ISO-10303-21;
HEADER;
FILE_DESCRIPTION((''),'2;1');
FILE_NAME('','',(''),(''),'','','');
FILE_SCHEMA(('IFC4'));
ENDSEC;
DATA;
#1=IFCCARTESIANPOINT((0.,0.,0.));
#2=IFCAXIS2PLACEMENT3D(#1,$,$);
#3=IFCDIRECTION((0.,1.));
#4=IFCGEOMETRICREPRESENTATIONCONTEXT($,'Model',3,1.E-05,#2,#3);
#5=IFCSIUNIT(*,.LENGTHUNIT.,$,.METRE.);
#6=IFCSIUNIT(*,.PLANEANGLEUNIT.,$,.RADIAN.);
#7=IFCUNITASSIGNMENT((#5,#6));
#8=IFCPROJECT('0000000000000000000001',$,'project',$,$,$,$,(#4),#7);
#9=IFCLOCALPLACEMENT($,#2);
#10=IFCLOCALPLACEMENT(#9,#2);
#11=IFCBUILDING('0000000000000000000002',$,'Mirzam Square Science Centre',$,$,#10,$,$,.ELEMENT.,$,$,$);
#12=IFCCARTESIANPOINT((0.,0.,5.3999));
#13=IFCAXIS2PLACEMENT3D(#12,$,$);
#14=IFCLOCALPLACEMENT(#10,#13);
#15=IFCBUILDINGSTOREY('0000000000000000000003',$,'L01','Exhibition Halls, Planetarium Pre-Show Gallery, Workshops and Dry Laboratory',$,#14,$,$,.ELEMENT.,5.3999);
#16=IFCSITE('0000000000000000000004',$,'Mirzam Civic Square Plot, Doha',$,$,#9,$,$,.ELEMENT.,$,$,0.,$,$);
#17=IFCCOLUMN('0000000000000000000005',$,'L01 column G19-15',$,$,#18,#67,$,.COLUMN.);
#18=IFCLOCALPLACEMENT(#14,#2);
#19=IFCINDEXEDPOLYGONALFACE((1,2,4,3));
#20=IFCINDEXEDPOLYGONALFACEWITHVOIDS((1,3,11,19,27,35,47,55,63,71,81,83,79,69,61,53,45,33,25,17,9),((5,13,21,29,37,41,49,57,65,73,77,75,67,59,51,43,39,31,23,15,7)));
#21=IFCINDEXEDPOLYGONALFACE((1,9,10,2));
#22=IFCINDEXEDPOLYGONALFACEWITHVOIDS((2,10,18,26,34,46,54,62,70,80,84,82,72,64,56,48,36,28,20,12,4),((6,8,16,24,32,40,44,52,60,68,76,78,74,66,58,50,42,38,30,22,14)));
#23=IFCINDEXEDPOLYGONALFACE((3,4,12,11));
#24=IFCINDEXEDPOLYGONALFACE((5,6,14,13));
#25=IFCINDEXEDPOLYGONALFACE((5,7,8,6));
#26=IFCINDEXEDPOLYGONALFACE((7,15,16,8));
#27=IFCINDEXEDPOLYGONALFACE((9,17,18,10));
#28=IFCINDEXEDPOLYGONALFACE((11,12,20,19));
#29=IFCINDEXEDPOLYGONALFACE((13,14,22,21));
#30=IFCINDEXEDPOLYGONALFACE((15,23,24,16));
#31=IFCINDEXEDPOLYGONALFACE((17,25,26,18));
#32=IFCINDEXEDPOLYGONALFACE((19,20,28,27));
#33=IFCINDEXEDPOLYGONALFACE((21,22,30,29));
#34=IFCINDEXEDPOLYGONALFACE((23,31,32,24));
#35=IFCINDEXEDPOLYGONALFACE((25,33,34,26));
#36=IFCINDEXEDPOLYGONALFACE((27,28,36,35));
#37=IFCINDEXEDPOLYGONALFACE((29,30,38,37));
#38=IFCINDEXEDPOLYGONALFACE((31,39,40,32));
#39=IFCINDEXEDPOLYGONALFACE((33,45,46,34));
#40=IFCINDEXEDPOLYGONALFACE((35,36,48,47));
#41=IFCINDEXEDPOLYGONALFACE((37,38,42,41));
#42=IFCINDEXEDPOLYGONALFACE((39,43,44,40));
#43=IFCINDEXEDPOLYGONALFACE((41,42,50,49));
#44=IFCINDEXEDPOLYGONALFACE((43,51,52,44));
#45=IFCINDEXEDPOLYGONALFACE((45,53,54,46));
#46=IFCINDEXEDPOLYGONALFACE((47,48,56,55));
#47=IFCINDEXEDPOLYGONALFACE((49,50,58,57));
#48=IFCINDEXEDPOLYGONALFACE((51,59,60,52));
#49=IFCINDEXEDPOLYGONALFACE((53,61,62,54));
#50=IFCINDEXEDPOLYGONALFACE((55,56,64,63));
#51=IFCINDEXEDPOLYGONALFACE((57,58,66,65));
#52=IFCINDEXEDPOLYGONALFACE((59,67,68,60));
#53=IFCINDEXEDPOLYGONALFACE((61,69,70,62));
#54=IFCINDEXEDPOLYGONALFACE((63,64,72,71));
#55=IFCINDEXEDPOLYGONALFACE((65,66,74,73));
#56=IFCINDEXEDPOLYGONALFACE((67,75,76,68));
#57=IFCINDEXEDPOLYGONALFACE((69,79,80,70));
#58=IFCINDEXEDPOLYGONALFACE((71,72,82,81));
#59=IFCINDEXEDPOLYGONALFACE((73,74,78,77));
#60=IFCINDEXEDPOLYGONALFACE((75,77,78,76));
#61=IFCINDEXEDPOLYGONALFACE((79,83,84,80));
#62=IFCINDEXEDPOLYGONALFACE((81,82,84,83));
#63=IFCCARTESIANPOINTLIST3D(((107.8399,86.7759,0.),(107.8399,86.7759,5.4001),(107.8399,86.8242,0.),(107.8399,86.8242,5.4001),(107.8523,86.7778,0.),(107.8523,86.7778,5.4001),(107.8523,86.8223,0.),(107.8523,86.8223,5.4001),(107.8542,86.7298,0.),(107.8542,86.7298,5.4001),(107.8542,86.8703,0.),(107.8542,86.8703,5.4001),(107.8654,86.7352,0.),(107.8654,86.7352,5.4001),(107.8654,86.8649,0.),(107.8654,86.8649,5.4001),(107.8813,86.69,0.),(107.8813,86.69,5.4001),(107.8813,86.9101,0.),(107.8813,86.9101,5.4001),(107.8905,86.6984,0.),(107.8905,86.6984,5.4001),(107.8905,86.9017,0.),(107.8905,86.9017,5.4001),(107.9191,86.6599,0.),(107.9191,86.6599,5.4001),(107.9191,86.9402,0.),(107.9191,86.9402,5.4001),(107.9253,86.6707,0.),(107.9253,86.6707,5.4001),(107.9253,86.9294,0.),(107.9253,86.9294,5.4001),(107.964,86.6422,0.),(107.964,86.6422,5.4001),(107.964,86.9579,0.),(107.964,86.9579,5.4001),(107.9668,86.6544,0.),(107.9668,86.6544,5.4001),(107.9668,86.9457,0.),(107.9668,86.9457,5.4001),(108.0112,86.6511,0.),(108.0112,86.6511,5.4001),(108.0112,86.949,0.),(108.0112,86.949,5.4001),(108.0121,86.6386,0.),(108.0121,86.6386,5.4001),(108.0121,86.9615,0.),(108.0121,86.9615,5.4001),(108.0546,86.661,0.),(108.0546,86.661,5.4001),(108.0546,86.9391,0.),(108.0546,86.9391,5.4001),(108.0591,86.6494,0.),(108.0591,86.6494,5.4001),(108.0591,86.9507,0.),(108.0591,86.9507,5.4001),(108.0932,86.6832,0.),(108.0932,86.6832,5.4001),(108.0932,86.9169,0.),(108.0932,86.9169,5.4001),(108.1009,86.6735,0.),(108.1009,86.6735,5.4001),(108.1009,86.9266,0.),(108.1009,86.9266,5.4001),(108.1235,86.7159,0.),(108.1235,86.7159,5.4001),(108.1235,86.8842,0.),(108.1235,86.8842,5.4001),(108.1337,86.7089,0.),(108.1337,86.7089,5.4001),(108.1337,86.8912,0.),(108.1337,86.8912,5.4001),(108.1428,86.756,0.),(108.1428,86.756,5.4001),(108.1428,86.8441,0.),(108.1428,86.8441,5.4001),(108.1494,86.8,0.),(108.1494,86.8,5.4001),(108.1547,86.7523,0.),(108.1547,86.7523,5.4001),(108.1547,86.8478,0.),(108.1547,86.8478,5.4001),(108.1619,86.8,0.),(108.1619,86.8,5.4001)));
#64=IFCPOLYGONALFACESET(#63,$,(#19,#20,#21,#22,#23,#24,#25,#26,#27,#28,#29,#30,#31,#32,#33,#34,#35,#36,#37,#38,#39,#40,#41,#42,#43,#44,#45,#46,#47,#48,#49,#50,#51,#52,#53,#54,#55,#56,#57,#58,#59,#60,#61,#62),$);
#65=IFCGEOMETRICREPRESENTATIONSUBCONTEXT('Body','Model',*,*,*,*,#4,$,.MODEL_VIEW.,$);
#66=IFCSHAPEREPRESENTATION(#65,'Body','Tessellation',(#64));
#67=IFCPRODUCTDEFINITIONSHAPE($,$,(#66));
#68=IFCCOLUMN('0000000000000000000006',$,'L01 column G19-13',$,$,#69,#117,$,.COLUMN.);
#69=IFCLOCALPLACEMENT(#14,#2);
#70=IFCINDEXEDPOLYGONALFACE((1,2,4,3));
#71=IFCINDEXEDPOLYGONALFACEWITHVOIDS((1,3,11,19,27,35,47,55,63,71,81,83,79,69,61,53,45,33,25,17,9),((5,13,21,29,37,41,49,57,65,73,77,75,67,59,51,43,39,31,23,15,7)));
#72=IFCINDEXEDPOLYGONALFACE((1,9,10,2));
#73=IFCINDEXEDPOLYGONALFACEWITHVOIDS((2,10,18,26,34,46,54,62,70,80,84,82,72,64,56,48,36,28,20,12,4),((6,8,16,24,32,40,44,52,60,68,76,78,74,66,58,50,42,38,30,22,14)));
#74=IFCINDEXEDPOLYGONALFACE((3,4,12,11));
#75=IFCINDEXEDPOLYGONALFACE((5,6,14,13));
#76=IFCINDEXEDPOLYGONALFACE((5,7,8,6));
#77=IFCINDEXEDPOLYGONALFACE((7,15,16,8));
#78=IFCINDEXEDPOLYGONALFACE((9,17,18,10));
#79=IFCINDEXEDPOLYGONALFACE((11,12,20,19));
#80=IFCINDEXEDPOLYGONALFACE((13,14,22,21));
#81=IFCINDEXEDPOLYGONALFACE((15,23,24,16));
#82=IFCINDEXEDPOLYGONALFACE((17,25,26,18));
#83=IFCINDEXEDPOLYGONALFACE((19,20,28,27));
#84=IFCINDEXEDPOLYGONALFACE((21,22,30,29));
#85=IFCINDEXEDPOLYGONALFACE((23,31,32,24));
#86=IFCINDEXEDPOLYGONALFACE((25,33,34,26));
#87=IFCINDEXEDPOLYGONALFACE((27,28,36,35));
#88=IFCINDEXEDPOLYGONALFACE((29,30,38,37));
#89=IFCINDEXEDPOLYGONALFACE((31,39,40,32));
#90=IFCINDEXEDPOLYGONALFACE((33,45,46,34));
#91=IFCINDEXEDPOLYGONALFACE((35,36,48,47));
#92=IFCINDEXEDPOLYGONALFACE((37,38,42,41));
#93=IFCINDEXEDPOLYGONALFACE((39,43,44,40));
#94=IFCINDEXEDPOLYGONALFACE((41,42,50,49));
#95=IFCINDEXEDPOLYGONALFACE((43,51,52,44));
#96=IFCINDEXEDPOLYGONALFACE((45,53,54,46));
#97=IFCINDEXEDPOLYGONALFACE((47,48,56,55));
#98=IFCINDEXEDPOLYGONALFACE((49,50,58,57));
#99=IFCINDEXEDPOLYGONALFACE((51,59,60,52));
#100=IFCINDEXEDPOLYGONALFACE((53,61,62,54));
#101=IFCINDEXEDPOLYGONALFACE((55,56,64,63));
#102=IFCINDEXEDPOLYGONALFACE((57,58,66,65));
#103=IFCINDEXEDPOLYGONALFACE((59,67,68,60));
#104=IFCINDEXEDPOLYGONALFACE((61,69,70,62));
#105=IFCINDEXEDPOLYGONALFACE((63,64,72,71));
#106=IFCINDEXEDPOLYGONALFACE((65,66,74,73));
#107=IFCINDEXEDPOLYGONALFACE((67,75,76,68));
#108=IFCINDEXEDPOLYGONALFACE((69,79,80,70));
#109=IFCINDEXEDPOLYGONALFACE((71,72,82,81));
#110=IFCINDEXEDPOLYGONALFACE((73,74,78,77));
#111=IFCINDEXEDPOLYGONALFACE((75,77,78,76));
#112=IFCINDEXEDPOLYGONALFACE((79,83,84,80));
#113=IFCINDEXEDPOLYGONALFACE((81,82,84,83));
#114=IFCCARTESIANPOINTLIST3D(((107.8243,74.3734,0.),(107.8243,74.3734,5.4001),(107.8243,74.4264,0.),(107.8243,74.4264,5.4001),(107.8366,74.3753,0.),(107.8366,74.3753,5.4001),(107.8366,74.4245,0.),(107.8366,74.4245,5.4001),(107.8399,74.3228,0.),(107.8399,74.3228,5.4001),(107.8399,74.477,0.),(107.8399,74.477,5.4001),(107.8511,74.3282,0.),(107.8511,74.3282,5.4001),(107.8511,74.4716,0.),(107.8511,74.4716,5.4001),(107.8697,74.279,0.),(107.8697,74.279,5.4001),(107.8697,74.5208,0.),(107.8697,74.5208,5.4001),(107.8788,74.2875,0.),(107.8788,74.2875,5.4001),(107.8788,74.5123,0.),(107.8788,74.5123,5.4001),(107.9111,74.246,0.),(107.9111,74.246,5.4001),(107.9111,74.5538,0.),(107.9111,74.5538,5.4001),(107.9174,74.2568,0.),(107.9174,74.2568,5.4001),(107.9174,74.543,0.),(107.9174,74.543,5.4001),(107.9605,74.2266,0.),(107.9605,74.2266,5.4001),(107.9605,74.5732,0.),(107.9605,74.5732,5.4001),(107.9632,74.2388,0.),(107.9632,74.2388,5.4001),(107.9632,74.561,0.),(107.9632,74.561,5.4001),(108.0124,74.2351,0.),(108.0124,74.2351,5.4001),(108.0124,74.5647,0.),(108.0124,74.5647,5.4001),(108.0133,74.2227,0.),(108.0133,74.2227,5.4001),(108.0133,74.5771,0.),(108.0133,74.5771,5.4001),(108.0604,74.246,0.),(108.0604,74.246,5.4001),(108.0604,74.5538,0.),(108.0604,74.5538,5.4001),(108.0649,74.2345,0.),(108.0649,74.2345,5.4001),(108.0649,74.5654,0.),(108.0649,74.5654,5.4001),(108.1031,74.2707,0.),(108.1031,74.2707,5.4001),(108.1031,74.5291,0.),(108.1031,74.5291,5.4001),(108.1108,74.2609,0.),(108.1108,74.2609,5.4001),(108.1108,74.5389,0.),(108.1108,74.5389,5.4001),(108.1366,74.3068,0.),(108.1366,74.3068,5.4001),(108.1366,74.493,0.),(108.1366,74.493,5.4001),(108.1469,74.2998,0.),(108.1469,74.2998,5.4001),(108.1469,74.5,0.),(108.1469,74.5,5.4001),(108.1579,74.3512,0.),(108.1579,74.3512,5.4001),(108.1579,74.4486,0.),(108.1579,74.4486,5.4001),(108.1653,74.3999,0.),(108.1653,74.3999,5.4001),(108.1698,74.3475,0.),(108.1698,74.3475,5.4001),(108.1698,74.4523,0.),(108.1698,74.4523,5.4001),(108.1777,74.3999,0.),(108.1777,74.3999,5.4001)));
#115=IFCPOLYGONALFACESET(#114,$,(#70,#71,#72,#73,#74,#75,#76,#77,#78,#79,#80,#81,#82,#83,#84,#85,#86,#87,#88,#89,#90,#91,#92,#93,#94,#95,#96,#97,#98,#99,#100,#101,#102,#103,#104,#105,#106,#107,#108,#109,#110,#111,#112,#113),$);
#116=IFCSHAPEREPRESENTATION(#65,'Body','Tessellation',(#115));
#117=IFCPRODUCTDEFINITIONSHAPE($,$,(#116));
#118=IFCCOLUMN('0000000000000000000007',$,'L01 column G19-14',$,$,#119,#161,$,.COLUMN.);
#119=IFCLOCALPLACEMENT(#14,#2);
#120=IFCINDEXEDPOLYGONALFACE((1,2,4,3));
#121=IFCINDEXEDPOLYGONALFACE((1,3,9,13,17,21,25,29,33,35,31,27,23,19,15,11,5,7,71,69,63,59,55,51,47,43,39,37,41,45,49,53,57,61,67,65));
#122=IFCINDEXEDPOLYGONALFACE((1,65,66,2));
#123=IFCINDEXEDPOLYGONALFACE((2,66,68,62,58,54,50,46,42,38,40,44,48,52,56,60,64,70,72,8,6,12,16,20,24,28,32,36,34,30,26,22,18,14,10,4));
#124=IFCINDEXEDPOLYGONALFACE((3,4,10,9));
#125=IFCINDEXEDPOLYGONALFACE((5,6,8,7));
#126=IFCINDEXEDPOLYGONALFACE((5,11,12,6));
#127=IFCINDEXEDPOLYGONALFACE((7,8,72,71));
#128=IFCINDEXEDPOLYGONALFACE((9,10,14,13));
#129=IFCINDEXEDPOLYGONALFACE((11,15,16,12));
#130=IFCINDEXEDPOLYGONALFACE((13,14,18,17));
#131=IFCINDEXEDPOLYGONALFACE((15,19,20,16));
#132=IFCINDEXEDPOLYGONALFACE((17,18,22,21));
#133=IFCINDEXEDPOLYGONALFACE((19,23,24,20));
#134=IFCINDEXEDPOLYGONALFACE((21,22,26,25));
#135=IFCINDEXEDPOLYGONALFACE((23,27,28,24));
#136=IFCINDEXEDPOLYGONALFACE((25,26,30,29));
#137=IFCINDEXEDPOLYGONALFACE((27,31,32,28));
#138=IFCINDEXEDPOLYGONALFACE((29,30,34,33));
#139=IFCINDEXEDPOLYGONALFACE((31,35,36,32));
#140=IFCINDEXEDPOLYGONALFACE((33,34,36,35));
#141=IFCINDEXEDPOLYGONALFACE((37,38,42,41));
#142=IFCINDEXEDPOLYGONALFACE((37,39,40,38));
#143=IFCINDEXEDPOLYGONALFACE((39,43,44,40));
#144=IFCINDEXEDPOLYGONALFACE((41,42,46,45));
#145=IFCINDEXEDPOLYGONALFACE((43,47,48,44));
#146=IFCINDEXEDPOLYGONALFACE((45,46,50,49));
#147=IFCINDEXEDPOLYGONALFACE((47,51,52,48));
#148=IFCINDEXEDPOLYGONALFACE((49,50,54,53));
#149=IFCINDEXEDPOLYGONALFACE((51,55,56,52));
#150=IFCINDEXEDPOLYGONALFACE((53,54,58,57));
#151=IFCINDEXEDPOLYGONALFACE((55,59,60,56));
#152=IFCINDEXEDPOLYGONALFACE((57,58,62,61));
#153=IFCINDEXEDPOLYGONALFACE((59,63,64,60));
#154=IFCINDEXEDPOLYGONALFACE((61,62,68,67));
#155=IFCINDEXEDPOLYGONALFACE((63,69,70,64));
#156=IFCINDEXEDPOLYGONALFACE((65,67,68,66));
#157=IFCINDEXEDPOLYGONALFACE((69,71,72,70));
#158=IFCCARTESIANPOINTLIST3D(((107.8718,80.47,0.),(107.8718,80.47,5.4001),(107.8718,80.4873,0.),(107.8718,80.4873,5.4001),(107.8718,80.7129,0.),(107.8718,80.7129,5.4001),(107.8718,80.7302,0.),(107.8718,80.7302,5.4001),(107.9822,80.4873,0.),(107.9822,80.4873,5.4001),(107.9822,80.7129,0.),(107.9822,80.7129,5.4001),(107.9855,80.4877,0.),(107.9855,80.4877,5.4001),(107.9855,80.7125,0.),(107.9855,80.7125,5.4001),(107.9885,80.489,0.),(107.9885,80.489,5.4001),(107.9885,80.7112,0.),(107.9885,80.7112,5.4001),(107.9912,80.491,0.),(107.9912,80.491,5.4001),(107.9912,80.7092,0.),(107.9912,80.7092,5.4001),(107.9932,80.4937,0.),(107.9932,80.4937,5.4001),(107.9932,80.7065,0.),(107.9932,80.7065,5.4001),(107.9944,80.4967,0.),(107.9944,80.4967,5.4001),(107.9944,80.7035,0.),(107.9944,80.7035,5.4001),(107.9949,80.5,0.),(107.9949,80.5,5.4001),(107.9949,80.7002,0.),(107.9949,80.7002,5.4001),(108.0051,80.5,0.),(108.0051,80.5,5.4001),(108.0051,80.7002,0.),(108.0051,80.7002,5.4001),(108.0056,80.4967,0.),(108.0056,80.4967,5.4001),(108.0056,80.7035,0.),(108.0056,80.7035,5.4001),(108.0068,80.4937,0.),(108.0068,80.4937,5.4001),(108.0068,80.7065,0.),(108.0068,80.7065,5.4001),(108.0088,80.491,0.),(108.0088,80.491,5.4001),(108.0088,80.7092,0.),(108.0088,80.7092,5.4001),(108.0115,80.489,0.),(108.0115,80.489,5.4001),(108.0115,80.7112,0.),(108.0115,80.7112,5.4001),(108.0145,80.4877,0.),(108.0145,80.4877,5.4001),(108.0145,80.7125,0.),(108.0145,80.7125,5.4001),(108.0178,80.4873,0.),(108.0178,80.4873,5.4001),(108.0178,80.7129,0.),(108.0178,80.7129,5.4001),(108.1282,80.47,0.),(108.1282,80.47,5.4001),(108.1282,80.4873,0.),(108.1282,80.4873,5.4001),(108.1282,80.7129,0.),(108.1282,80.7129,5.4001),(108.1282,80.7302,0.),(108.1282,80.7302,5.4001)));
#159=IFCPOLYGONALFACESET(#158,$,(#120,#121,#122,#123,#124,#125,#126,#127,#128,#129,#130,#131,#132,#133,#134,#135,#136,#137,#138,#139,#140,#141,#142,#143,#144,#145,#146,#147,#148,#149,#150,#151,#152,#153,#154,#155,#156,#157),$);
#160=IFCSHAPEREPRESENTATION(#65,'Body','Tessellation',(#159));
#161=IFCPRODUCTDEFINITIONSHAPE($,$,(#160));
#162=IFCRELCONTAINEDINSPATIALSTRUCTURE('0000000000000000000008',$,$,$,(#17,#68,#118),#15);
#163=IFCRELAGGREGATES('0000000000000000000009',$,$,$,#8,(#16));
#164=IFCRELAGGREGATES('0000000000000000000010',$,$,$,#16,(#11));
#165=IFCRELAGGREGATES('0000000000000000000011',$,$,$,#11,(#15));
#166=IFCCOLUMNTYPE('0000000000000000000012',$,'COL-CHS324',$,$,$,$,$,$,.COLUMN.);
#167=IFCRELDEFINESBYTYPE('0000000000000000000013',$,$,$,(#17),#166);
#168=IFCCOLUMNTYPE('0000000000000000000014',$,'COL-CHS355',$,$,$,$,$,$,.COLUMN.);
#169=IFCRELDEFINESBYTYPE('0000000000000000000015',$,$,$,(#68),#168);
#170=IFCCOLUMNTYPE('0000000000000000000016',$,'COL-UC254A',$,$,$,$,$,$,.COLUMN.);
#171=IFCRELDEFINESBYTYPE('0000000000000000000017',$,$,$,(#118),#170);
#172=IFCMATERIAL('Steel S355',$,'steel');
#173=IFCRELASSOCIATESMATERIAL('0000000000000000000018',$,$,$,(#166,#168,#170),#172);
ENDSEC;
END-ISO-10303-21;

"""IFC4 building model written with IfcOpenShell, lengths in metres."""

from ifc_helpers import new_model, si_unit, direction, frame, origin, origin_2d, place, context, subcontext, project, spatial, hollow_circle, i_section, extrude, material, material_profile, profile_set, type_object, element, save


model = new_model("IFC4")

# Units and contexts
model_context = context("Model", 3, precision=1e-05, world=origin(), true_north=direction((0.0, 1.0)))
body_context = subcontext(model_context, "Body", "Model", "MODEL_VIEW")
ifc_project = project(units=[si_unit("LENGTHUNIT", "METRE"), si_unit("PLANEANGLEUNIT", "RADIAN")], contexts=[model_context])

# Site, building, storey
site_placement = place(None, origin())
site = spatial("IfcSite", under=ifc_project, at=site_placement, Name="Mirzam Civic Square Plot, Doha", CompositionType="ELEMENT", RefElevation=0.0)
building_placement = place(site_placement, origin())
building = spatial("IfcBuilding", under=site, at=building_placement, Name="Mirzam Square Science Centre", CompositionType="ELEMENT")
storey_placement = place(building_placement, frame((0.0, 0.0, 5.3999)))
storey = spatial("IfcBuildingStorey", under=building, at=storey_placement, Name="L01", Description="Exhibition Halls, Planetarium Pre-Show Gallery, Workshops and Dry Laboratory", CompositionType="ELEMENT", Elevation=5.3999)

# Columns
ifc_material_1 = material(Name="Steel S355", Category="steel")
ifc_material_profile_1 = material_profile(ifc_material_1, hollow_circle(Radius=0.1619, WallThickness=0.0125, at=origin_2d()), Name="323.9x12.5CHS")
ifc_profile_set_1 = profile_set([ifc_material_profile_1], Name="Steel S355")
column_type_1 = type_object("IfcColumnType", Name="COL-CHS324", PredefinedType="COLUMN", material=ifc_profile_set_1)
for number, where, z_axis, x_axis, name in (
    (1, (108.0, 86.8, 0.0), (0.0, 0.0, 1.0), (1.0, 0.0, 0.0), "L01 column G19-15"),
):
    element("IfcColumn", number, at=place(storey_placement, frame(where, z_axis=z_axis, x_axis=x_axis)), inside=storey, type_object=column_type_1, Name=name, PredefinedType="COLUMN", context=body_context, shape_type="SweptSolid", body=[
        extrude(hollow_circle(Radius=0.1619, WallThickness=0.0125, at=origin_2d()), origin(), (0.0, 0.0, 1.0), 5.4001),
    ])
ifc_material_profile_2 = material_profile(ifc_material_1, hollow_circle(Radius=0.1777, WallThickness=0.0125, at=origin_2d()), Name="355.6x12.5CHS")
ifc_profile_set_2 = profile_set([ifc_material_profile_2], Name="Steel S355")
column_type_2 = type_object("IfcColumnType", Name="COL-CHS355", PredefinedType="COLUMN", material=ifc_profile_set_2)
column_1_placement = place(storey_placement, frame((108.0, 74.3999, 0.0), z_axis=(0.0, 0.0, 1.0), x_axis=(1.0, 0.0, 0.0)))
element("IfcColumn", 2, at=column_1_placement, inside=storey, type_object=column_type_2, Name="L01 column G19-13", PredefinedType="COLUMN", context=body_context, shape_type="SweptSolid", body=[
    extrude(hollow_circle(Radius=0.1777, WallThickness=0.0125, at=origin_2d()), origin(), (0.0, 0.0, 1.0), 5.4001),
])
ifc_material_profile_3 = material_profile(ifc_material_1, i_section(OverallWidth=0.2563, OverallDepth=0.2603, WebThickness=0.0103, FlangeThickness=0.0173, FilletRadius=0.0127, at=origin_2d()), Name="254x254x89UC")
ifc_profile_set_3 = profile_set([ifc_material_profile_3], Name="Steel S355")
column_type_3 = type_object("IfcColumnType", Name="COL-UC254A", PredefinedType="COLUMN", material=ifc_profile_set_3)
column_2_placement = place(storey_placement, frame((108.0, 80.6001, 0.0), z_axis=(0.0, 0.0, 1.0), x_axis=(1.0, 0.0, 0.0)))
element("IfcColumn", 3, at=column_2_placement, inside=storey, type_object=column_type_3, Name="L01 column G19-14", PredefinedType="COLUMN", context=body_context, shape_type="SweptSolid", body=[
    extrude(i_section(OverallWidth=0.2563, OverallDepth=0.2603, WebThickness=0.0103, FlangeThickness=0.0173, FilletRadius=0.0127, at=origin_2d()), origin(), (0.0, 0.0, 1.0), 5.4001),
])

save(model, "model.ifc")
